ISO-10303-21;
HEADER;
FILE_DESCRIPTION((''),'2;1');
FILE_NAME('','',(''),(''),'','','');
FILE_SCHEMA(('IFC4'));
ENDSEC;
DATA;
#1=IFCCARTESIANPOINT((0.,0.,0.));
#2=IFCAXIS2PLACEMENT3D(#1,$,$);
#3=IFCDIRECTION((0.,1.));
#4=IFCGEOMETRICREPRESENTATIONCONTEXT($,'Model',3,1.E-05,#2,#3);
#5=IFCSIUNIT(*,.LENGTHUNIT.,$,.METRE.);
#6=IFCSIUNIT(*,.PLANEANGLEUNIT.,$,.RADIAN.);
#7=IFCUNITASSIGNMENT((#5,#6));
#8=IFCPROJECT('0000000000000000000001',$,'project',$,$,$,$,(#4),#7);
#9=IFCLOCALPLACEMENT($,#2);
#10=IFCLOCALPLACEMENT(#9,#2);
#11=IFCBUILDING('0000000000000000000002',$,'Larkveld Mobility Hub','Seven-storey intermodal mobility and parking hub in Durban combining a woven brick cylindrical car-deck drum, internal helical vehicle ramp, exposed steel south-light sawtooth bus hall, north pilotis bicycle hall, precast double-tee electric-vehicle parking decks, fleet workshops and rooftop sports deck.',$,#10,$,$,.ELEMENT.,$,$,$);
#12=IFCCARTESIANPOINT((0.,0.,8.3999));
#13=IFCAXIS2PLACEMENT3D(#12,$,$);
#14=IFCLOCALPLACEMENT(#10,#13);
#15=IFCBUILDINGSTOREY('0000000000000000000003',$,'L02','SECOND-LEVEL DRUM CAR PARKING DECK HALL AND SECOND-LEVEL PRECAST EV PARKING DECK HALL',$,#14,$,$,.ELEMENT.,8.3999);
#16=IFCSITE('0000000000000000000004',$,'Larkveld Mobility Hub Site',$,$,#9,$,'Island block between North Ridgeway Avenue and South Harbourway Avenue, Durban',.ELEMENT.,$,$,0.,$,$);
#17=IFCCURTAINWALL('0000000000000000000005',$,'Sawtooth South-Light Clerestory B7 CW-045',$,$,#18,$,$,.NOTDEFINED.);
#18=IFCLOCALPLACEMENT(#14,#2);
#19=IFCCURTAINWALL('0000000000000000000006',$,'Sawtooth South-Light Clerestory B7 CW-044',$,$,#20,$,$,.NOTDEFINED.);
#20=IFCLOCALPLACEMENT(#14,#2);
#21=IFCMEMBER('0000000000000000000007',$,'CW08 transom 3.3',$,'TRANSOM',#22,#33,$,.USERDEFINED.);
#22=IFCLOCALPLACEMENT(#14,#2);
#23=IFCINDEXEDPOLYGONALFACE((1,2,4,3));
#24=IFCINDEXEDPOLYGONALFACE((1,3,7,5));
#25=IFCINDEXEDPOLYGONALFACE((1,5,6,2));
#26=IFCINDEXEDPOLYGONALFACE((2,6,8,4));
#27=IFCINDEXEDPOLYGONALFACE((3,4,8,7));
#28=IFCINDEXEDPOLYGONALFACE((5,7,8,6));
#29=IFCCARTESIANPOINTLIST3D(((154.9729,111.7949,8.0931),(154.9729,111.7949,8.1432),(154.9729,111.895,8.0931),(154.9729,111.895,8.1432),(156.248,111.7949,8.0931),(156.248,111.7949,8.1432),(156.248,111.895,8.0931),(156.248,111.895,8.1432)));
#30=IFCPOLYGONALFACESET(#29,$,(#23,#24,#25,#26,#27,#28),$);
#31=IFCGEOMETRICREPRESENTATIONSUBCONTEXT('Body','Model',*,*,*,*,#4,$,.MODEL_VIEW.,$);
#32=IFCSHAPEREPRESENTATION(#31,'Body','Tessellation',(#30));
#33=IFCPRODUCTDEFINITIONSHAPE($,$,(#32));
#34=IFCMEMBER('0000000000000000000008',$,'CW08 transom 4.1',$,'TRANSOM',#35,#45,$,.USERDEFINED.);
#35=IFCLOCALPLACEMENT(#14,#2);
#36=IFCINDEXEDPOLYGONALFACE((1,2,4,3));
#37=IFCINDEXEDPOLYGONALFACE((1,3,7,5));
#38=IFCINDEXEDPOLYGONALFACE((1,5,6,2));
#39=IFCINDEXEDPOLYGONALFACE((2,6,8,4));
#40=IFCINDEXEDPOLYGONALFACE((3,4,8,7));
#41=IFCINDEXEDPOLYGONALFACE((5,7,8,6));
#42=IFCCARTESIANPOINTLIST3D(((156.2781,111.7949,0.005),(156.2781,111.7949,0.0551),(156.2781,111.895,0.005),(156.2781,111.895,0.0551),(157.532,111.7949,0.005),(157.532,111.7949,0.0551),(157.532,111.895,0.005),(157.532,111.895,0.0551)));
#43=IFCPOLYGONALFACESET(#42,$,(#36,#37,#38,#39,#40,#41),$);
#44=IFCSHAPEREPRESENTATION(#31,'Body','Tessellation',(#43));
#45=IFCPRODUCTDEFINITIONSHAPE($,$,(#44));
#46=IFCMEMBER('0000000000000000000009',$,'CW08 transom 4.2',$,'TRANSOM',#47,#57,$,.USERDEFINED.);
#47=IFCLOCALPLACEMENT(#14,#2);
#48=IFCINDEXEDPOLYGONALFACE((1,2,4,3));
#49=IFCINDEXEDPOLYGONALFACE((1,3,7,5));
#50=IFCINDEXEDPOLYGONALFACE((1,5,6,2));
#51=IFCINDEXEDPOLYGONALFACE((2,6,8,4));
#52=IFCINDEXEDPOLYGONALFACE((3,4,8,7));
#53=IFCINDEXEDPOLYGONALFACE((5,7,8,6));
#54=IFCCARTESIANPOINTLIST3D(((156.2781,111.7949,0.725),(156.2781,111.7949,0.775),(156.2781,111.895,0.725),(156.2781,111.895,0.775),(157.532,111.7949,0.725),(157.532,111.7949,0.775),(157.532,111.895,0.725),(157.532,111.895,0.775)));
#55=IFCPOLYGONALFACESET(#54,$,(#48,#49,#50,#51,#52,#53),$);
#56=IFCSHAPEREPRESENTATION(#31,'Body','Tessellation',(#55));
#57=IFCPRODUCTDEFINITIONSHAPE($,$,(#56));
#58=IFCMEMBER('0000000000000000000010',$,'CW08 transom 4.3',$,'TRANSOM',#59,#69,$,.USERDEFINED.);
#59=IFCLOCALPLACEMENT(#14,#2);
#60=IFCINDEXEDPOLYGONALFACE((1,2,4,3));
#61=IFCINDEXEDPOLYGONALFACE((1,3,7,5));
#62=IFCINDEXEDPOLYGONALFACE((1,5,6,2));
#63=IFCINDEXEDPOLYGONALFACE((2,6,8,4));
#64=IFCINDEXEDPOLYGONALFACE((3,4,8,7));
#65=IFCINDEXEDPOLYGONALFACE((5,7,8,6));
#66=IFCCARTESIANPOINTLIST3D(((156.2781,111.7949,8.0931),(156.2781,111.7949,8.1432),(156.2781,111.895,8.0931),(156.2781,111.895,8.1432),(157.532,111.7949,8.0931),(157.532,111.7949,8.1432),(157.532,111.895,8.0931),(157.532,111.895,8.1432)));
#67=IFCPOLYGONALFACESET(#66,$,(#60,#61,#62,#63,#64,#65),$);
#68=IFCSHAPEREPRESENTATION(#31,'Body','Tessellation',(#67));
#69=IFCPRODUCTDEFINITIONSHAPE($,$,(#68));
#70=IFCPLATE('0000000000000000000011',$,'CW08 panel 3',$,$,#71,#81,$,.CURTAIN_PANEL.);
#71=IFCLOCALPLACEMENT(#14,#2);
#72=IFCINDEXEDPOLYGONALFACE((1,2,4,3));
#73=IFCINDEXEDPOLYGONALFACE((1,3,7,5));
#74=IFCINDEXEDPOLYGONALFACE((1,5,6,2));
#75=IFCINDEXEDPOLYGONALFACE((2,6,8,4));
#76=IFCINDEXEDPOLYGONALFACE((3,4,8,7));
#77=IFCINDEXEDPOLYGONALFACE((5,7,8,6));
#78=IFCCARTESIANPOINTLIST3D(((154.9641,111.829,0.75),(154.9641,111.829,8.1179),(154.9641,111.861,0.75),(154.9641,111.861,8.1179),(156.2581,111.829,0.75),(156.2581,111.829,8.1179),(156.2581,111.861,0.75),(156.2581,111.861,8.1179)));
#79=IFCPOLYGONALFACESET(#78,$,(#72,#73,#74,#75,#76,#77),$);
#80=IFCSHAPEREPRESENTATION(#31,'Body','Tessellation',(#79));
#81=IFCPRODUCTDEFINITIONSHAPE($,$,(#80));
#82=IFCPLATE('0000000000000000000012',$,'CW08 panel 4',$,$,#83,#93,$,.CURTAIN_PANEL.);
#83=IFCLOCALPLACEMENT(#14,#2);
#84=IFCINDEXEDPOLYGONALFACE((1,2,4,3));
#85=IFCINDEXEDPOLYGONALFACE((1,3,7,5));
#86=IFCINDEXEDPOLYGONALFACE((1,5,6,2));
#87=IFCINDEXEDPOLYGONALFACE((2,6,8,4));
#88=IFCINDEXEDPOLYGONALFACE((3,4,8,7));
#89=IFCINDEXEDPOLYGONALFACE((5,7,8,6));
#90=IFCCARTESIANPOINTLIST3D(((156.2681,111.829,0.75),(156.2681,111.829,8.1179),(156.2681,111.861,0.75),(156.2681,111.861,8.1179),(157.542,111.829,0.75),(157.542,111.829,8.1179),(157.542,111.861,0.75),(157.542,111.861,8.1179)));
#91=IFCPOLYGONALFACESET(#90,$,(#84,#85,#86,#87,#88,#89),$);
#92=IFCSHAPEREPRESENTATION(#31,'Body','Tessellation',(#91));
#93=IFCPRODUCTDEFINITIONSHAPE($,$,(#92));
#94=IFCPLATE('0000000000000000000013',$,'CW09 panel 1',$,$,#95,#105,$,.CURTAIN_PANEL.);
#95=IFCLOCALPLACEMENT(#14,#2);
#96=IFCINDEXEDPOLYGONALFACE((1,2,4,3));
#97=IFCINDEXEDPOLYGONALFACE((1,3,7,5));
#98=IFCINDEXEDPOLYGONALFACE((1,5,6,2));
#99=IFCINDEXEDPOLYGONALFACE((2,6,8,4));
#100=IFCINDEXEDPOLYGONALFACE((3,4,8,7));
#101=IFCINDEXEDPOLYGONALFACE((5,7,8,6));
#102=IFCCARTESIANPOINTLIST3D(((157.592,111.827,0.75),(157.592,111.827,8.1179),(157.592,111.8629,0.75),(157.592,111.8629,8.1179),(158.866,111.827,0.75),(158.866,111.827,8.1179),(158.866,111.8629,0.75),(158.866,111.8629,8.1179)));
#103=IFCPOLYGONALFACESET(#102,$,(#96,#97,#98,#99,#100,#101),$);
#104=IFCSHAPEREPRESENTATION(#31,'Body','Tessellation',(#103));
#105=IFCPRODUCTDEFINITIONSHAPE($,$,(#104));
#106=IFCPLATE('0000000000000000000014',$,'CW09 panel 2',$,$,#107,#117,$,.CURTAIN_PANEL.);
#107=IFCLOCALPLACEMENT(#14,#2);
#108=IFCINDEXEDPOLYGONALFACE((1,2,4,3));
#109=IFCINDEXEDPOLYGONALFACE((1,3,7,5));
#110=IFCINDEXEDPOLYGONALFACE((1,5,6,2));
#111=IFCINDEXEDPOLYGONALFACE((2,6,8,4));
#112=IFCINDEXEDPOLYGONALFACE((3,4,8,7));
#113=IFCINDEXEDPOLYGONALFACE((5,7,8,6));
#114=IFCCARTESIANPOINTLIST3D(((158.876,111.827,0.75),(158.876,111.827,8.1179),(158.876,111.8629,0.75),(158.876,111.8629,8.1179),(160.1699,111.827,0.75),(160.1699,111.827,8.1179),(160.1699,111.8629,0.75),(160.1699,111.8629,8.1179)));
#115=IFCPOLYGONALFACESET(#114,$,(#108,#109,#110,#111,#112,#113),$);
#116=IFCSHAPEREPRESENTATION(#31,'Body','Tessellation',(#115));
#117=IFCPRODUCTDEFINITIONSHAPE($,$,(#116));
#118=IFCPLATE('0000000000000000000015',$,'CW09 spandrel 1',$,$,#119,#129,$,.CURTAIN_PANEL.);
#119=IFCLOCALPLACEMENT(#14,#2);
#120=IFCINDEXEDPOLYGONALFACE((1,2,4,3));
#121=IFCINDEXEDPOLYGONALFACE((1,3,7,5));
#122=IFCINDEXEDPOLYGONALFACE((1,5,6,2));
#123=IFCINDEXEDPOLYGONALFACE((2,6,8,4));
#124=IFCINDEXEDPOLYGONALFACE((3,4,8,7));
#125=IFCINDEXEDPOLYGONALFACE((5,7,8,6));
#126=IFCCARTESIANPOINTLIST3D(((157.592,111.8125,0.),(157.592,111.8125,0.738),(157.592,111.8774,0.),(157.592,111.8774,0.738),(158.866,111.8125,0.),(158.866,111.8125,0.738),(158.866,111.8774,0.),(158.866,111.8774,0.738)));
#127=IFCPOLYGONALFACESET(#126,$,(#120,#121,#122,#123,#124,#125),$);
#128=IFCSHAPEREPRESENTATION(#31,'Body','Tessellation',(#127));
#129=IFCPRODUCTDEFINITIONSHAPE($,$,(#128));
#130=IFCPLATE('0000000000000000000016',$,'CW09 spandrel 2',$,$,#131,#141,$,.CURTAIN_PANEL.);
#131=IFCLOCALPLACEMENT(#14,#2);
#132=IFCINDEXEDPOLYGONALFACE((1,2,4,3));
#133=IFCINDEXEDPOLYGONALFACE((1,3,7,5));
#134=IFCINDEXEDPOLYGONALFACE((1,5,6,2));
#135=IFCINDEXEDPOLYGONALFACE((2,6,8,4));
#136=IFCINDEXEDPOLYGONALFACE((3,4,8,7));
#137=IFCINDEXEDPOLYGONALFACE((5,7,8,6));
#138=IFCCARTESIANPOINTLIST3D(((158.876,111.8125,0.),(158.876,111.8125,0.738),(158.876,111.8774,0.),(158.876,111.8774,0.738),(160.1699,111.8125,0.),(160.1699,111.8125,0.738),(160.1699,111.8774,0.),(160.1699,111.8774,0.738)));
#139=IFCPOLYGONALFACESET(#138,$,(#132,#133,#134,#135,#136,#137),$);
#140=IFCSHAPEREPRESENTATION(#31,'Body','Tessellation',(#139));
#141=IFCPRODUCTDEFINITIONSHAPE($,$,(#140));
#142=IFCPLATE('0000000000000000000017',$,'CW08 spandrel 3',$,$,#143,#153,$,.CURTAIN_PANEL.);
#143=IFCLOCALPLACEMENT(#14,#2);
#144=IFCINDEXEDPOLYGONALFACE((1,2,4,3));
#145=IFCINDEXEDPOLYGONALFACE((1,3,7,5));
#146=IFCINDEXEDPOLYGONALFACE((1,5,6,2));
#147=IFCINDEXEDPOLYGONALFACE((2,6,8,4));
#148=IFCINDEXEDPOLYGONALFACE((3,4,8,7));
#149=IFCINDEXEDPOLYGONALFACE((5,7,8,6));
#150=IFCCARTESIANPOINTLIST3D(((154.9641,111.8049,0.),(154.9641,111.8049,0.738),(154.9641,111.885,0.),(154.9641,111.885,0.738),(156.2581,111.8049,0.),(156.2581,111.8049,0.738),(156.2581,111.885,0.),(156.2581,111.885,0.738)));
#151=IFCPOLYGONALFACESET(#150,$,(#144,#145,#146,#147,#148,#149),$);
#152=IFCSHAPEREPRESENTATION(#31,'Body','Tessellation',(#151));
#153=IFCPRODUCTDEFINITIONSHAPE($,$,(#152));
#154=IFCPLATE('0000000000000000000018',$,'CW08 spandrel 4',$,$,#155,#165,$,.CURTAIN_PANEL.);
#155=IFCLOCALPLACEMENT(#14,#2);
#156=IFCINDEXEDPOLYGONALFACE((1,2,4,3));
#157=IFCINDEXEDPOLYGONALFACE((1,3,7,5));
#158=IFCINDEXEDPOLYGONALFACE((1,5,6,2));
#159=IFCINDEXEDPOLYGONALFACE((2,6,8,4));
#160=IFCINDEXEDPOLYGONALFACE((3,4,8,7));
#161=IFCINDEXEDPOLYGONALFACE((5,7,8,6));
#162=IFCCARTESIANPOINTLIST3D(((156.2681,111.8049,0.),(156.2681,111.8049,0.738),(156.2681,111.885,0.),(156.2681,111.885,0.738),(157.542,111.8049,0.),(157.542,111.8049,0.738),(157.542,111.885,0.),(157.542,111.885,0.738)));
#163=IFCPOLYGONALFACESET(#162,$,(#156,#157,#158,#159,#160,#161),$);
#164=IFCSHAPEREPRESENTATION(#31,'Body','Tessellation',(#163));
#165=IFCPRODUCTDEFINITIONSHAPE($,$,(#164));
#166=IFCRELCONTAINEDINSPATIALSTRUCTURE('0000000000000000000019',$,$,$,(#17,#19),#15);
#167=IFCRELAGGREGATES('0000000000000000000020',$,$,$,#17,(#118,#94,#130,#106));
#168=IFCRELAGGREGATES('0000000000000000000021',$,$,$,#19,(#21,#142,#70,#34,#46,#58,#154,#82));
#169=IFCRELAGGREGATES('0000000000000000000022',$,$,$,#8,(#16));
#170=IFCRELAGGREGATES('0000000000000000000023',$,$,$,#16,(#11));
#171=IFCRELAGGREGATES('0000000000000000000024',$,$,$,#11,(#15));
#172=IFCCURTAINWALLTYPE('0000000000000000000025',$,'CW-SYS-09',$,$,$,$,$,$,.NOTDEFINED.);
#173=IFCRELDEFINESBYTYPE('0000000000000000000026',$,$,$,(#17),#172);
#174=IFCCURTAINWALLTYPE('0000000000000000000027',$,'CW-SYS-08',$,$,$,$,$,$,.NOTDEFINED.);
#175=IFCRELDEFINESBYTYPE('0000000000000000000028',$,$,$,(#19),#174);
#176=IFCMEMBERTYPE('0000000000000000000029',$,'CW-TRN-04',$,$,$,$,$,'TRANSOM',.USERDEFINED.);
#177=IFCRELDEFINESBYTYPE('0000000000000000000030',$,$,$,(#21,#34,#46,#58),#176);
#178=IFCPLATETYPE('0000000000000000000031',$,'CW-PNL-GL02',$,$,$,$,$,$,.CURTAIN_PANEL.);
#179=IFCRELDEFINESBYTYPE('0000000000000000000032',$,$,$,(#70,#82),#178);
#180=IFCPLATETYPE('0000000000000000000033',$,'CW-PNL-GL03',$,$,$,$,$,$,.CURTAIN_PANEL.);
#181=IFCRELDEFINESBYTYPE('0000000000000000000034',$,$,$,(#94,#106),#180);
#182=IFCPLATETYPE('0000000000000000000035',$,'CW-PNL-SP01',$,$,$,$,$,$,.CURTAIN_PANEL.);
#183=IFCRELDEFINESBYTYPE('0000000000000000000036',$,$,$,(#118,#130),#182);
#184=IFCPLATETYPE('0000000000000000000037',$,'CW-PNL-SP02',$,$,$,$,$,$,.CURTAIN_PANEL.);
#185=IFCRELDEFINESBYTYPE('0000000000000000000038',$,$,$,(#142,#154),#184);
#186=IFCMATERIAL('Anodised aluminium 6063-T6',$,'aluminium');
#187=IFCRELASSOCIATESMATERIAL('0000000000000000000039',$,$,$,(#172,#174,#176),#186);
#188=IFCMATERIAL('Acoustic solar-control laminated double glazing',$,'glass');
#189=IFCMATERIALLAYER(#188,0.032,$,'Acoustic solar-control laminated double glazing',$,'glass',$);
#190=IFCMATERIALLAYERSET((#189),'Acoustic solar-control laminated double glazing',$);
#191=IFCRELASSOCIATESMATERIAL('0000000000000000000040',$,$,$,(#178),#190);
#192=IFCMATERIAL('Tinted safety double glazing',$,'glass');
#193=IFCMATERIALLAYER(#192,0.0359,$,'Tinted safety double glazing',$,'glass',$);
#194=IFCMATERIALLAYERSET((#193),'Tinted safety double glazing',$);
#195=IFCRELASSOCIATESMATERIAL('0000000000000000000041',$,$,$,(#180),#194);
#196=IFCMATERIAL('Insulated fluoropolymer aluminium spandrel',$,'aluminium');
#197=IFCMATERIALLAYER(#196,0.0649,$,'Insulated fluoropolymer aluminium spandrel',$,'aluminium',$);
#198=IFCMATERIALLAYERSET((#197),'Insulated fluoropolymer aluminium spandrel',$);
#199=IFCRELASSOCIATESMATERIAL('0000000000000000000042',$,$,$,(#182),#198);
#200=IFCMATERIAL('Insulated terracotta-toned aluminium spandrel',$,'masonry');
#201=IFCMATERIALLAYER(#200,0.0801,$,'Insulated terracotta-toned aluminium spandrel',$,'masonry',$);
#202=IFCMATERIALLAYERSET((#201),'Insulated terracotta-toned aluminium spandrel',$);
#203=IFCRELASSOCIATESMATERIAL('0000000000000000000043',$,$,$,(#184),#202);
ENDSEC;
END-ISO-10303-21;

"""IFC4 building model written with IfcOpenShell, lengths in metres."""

from ifc_helpers import new_model, si_unit, direction, frame, origin, origin_2d, place, context, subcontext, project, spatial, rectangle, extrude, material, layer, layer_set, material_profile, profile_set, type_object, element, aggregate, save


model = new_model("IFC4")

# Units and contexts
model_context = context("Model", 3, precision=1e-05, world=origin(), true_north=direction((0.0, 1.0)))
body_context = subcontext(model_context, "Body", "Model", "MODEL_VIEW")
ifc_project = project(units=[si_unit("LENGTHUNIT", "METRE"), si_unit("PLANEANGLEUNIT", "RADIAN")], contexts=[model_context])

# Site, building, storey
site_placement = place(None, origin())
site = spatial("IfcSite", under=ifc_project, at=site_placement, Name="Larkveld Mobility Hub Site", LongName="Island block between North Ridgeway Avenue and South Harbourway Avenue, Durban", CompositionType="ELEMENT", RefElevation=0.0)
building_placement = place(site_placement, origin())
building = spatial("IfcBuilding", under=site, at=building_placement, Name="Larkveld Mobility Hub", Description="Seven-storey intermodal mobility and parking hub in Durban combining a woven brick cylindrical car-deck drum, internal helical vehicle ramp, exposed steel south-light sawtooth bus hall, north pilotis bicycle hall, precast double-tee electric-vehicle parking decks, fleet workshops and rooftop sports deck.", CompositionType="ELEMENT")
storey_placement = place(building_placement, frame((0.0, 0.0, 8.3999)))
storey = spatial("IfcBuildingStorey", under=building, at=storey_placement, Name="L02", Description="SECOND-LEVEL DRUM CAR PARKING DECK HALL AND SECOND-LEVEL PRECAST EV PARKING DECK HALL", CompositionType="ELEMENT", Elevation=8.3999)

# Curtain walls
ifc_material_1 = material(Name="Anodised aluminium 6063-T6", Category="aluminium")
curtain_wall_type_1 = type_object("IfcCurtainWallType", Name="CW-SYS-09", PredefinedType="NOTDEFINED", material=ifc_material_1)
curtain_wall_1_placement = place(storey_placement, origin())
curtain_wall_1 = element("IfcCurtainWall", 1, at=curtain_wall_1_placement, inside=storey, type_object=curtain_wall_type_1, Name="Sawtooth South-Light Clerestory B7 CW-045", PredefinedType="NOTDEFINED")
curtain_wall_type_2 = type_object("IfcCurtainWallType", Name="CW-SYS-08", PredefinedType="NOTDEFINED", material=ifc_material_1)
curtain_wall_2_placement = place(storey_placement, origin())
curtain_wall_2 = element("IfcCurtainWall", 2, at=curtain_wall_2_placement, inside=storey, type_object=curtain_wall_type_2, Name="Sawtooth South-Light Clerestory B7 CW-044", PredefinedType="NOTDEFINED")

# Members
ifc_material_profile_1 = material_profile(ifc_material_1, rectangle(XDim=0.1001, YDim=0.05, at=origin_2d()), Name="ALU TRAN 50x100")
ifc_profile_set_1 = profile_set([ifc_material_profile_1], Name="Anodised aluminium 6063-T6")
member_type_1 = type_object("IfcMemberType", Name="CW-TRN-04", ElementType="TRANSOM", PredefinedType="USERDEFINED", material=ifc_profile_set_1)
member_1_placement = place(storey_placement, frame((154.9729, 111.845, 8.1182), z_axis=(1.0, 0.0, 0.0), x_axis=(0.0, 1.0, 0.0)))
member_1 = element("IfcMember", 3, at=member_1_placement, type_object=member_type_1, Name="CW08 transom 3.3", ObjectType="TRANSOM", PredefinedType="USERDEFINED", context=body_context, shape_type="SweptSolid", body=[
    extrude(rectangle(XDim=0.1001, YDim=0.05, at=origin_2d()), origin(), (0.0, 0.0, 1.0), 1.2751),
])
member_2_placement = place(storey_placement, frame((156.2781, 111.845, 0.03), z_axis=(1.0, 0.0, 0.0), x_axis=(0.0, 1.0, 0.0)))
member_2 = element("IfcMember", 4, at=member_2_placement, type_object=member_type_1, Name="CW08 transom 4.1", ObjectType="TRANSOM", PredefinedType="USERDEFINED", context=body_context, shape_type="SweptSolid", body=[
    extrude(rectangle(XDim=0.1001, YDim=0.05, at=origin_2d()), origin(), (0.0, 0.0, 1.0), 1.2539),
])
member_3_placement = place(storey_placement, frame((156.2781, 111.845, 0.75), z_axis=(1.0, 0.0, 0.0), x_axis=(0.0, 1.0, 0.0)))
member_3 = element("IfcMember", 5, at=member_3_placement, type_object=member_type_1, Name="CW08 transom 4.2", ObjectType="TRANSOM", PredefinedType="USERDEFINED", context=body_context, shape_type="SweptSolid", body=[
    extrude(rectangle(XDim=0.1001, YDim=0.05, at=origin_2d()), origin(), (0.0, 0.0, 1.0), 1.2539),
])
member_4_placement = place(storey_placement, frame((156.2781, 111.845, 8.1182), z_axis=(1.0, 0.0, 0.0), x_axis=(0.0, 1.0, 0.0)))
member_4 = element("IfcMember", 6, at=member_4_placement, type_object=member_type_1, Name="CW08 transom 4.3", ObjectType="TRANSOM", PredefinedType="USERDEFINED", context=body_context, shape_type="SweptSolid", body=[
    extrude(rectangle(XDim=0.1001, YDim=0.05, at=origin_2d()), origin(), (0.0, 0.0, 1.0), 1.2539),
])

# Plates
ifc_material_2 = material(Name="Acoustic solar-control laminated double glazing", Category="glass")
ifc_layer_1 = layer(ifc_material_2, 0.032, Name="Acoustic solar-control laminated double glazing", Category="glass")
ifc_layer_set_1 = layer_set([ifc_layer_1], Name="Acoustic solar-control laminated double glazing")
plate_type_1 = type_object("IfcPlateType", Name="CW-PNL-GL02", PredefinedType="CURTAIN_PANEL", material=ifc_layer_set_1)
plate_1_placement = place(storey_placement, frame((155.6111, 111.845, 0.75), z_axis=(0.0, 0.0, 1.0), x_axis=(1.0, 0.0, 0.0)))
plate_1 = element("IfcPlate", 7, at=plate_1_placement, type_object=plate_type_1, Name="CW08 panel 3", PredefinedType="CURTAIN_PANEL", context=body_context, shape_type="SweptSolid", body=[
    extrude(rectangle(XDim=1.2939, YDim=0.032, at=origin_2d()), origin(), (0.0, 0.0, 1.0), 7.3679),
])
plate_2_placement = place(storey_placement, frame((156.905, 111.845, 0.75), z_axis=(0.0, 0.0, 1.0), x_axis=(1.0, 0.0, 0.0)))
plate_2 = element("IfcPlate", 8, at=plate_2_placement, type_object=plate_type_1, Name="CW08 panel 4", PredefinedType="CURTAIN_PANEL", context=body_context, shape_type="SweptSolid", body=[
    extrude(rectangle(XDim=1.2739, YDim=0.032, at=origin_2d()), origin(), (0.0, 0.0, 1.0), 7.3679),
])
ifc_material_3 = material(Name="Tinted safety double glazing", Category="glass")
ifc_layer_2 = layer(ifc_material_3, 0.0359, Name="Tinted safety double glazing", Category="glass")
ifc_layer_set_2 = layer_set([ifc_layer_2], Name="Tinted safety double glazing")
plate_type_2 = type_object("IfcPlateType", Name="CW-PNL-GL03", PredefinedType="CURTAIN_PANEL", material=ifc_layer_set_2)
plate_3_placement = place(storey_placement, frame((158.229, 111.845, 0.75), z_axis=(0.0, 0.0, 1.0), x_axis=(1.0, 0.0, 0.0)))
plate_3 = element("IfcPlate", 9, at=plate_3_placement, type_object=plate_type_2, Name="CW09 panel 1", PredefinedType="CURTAIN_PANEL", context=body_context, shape_type="SweptSolid", body=[
    extrude(rectangle(XDim=1.2739, YDim=0.0359, at=origin_2d()), origin(), (0.0, 0.0, 1.0), 7.3679),
])
plate_4_placement = place(storey_placement, frame((159.5229, 111.845, 0.75), z_axis=(0.0, 0.0, 1.0), x_axis=(1.0, 0.0, 0.0)))
plate_4 = element("IfcPlate", 10, at=plate_4_placement, type_object=plate_type_2, Name="CW09 panel 2", PredefinedType="CURTAIN_PANEL", context=body_context, shape_type="SweptSolid", body=[
    extrude(rectangle(XDim=1.2939, YDim=0.0359, at=origin_2d()), origin(), (0.0, 0.0, 1.0), 7.3679),
])
ifc_material_4 = material(Name="Insulated fluoropolymer aluminium spandrel", Category="aluminium")
ifc_layer_3 = layer(ifc_material_4, 0.0649, Name="Insulated fluoropolymer aluminium spandrel", Category="aluminium")
ifc_layer_set_3 = layer_set([ifc_layer_3], Name="Insulated fluoropolymer aluminium spandrel")
plate_type_3 = type_object("IfcPlateType", Name="CW-PNL-SP01", PredefinedType="CURTAIN_PANEL", material=ifc_layer_set_3)
plate_5_placement = place(storey_placement, frame((158.229, 111.845, 0.0), z_axis=(0.0, 0.0, 1.0), x_axis=(1.0, 0.0, 0.0)))
plate_5 = element("IfcPlate", 11, at=plate_5_placement, type_object=plate_type_3, Name="CW09 spandrel 1", PredefinedType="CURTAIN_PANEL", context=body_context, shape_type="SweptSolid", body=[
    extrude(rectangle(XDim=1.2739, YDim=0.0649, at=origin_2d()), origin(), (0.0, 0.0, 1.0), 0.738),
])
plate_6_placement = place(storey_placement, frame((159.5229, 111.845, 0.0), z_axis=(0.0, 0.0, 1.0), x_axis=(1.0, 0.0, 0.0)))
plate_6 = element("IfcPlate", 12, at=plate_6_placement, type_object=plate_type_3, Name="CW09 spandrel 2", PredefinedType="CURTAIN_PANEL", context=body_context, shape_type="SweptSolid", body=[
    extrude(rectangle(XDim=1.2939, YDim=0.0649, at=origin_2d()), origin(), (0.0, 0.0, 1.0), 0.738),
])
aggregate(curtain_wall_1, [plate_5, plate_3, plate_6, plate_4])
ifc_material_5 = material(Name="Insulated terracotta-toned aluminium spandrel", Category="masonry")
ifc_layer_4 = layer(ifc_material_5, 0.0801, Name="Insulated terracotta-toned aluminium spandrel", Category="masonry")
ifc_layer_set_4 = layer_set([ifc_layer_4], Name="Insulated terracotta-toned aluminium spandrel")
plate_type_4 = type_object("IfcPlateType", Name="CW-PNL-SP02", PredefinedType="CURTAIN_PANEL", material=ifc_layer_set_4)
plate_7_placement = place(storey_placement, frame((155.6111, 111.845, 0.0), z_axis=(0.0, 0.0, 1.0), x_axis=(1.0, 0.0, 0.0)))
plate_7 = element("IfcPlate", 13, at=plate_7_placement, type_object=plate_type_4, Name="CW08 spandrel 3", PredefinedType="CURTAIN_PANEL", context=body_context, shape_type="SweptSolid", body=[
    extrude(rectangle(XDim=1.2939, YDim=0.0801, at=origin_2d()), origin(), (0.0, 0.0, 1.0), 0.738),
])
plate_8_placement = place(storey_placement, frame((156.905, 111.845, 0.0), z_axis=(0.0, 0.0, 1.0), x_axis=(1.0, 0.0, 0.0)))
plate_8 = element("IfcPlate", 14, at=plate_8_placement, type_object=plate_type_4, Name="CW08 spandrel 4", PredefinedType="CURTAIN_PANEL", context=body_context, shape_type="SweptSolid", body=[
    extrude(rectangle(XDim=1.2739, YDim=0.0801, at=origin_2d()), origin(), (0.0, 0.0, 1.0), 0.738),
])
aggregate(curtain_wall_2, [member_1, plate_7, plate_1, member_2, member_3, member_4, plate_8, plate_2])

save(model, "model.ifc")
